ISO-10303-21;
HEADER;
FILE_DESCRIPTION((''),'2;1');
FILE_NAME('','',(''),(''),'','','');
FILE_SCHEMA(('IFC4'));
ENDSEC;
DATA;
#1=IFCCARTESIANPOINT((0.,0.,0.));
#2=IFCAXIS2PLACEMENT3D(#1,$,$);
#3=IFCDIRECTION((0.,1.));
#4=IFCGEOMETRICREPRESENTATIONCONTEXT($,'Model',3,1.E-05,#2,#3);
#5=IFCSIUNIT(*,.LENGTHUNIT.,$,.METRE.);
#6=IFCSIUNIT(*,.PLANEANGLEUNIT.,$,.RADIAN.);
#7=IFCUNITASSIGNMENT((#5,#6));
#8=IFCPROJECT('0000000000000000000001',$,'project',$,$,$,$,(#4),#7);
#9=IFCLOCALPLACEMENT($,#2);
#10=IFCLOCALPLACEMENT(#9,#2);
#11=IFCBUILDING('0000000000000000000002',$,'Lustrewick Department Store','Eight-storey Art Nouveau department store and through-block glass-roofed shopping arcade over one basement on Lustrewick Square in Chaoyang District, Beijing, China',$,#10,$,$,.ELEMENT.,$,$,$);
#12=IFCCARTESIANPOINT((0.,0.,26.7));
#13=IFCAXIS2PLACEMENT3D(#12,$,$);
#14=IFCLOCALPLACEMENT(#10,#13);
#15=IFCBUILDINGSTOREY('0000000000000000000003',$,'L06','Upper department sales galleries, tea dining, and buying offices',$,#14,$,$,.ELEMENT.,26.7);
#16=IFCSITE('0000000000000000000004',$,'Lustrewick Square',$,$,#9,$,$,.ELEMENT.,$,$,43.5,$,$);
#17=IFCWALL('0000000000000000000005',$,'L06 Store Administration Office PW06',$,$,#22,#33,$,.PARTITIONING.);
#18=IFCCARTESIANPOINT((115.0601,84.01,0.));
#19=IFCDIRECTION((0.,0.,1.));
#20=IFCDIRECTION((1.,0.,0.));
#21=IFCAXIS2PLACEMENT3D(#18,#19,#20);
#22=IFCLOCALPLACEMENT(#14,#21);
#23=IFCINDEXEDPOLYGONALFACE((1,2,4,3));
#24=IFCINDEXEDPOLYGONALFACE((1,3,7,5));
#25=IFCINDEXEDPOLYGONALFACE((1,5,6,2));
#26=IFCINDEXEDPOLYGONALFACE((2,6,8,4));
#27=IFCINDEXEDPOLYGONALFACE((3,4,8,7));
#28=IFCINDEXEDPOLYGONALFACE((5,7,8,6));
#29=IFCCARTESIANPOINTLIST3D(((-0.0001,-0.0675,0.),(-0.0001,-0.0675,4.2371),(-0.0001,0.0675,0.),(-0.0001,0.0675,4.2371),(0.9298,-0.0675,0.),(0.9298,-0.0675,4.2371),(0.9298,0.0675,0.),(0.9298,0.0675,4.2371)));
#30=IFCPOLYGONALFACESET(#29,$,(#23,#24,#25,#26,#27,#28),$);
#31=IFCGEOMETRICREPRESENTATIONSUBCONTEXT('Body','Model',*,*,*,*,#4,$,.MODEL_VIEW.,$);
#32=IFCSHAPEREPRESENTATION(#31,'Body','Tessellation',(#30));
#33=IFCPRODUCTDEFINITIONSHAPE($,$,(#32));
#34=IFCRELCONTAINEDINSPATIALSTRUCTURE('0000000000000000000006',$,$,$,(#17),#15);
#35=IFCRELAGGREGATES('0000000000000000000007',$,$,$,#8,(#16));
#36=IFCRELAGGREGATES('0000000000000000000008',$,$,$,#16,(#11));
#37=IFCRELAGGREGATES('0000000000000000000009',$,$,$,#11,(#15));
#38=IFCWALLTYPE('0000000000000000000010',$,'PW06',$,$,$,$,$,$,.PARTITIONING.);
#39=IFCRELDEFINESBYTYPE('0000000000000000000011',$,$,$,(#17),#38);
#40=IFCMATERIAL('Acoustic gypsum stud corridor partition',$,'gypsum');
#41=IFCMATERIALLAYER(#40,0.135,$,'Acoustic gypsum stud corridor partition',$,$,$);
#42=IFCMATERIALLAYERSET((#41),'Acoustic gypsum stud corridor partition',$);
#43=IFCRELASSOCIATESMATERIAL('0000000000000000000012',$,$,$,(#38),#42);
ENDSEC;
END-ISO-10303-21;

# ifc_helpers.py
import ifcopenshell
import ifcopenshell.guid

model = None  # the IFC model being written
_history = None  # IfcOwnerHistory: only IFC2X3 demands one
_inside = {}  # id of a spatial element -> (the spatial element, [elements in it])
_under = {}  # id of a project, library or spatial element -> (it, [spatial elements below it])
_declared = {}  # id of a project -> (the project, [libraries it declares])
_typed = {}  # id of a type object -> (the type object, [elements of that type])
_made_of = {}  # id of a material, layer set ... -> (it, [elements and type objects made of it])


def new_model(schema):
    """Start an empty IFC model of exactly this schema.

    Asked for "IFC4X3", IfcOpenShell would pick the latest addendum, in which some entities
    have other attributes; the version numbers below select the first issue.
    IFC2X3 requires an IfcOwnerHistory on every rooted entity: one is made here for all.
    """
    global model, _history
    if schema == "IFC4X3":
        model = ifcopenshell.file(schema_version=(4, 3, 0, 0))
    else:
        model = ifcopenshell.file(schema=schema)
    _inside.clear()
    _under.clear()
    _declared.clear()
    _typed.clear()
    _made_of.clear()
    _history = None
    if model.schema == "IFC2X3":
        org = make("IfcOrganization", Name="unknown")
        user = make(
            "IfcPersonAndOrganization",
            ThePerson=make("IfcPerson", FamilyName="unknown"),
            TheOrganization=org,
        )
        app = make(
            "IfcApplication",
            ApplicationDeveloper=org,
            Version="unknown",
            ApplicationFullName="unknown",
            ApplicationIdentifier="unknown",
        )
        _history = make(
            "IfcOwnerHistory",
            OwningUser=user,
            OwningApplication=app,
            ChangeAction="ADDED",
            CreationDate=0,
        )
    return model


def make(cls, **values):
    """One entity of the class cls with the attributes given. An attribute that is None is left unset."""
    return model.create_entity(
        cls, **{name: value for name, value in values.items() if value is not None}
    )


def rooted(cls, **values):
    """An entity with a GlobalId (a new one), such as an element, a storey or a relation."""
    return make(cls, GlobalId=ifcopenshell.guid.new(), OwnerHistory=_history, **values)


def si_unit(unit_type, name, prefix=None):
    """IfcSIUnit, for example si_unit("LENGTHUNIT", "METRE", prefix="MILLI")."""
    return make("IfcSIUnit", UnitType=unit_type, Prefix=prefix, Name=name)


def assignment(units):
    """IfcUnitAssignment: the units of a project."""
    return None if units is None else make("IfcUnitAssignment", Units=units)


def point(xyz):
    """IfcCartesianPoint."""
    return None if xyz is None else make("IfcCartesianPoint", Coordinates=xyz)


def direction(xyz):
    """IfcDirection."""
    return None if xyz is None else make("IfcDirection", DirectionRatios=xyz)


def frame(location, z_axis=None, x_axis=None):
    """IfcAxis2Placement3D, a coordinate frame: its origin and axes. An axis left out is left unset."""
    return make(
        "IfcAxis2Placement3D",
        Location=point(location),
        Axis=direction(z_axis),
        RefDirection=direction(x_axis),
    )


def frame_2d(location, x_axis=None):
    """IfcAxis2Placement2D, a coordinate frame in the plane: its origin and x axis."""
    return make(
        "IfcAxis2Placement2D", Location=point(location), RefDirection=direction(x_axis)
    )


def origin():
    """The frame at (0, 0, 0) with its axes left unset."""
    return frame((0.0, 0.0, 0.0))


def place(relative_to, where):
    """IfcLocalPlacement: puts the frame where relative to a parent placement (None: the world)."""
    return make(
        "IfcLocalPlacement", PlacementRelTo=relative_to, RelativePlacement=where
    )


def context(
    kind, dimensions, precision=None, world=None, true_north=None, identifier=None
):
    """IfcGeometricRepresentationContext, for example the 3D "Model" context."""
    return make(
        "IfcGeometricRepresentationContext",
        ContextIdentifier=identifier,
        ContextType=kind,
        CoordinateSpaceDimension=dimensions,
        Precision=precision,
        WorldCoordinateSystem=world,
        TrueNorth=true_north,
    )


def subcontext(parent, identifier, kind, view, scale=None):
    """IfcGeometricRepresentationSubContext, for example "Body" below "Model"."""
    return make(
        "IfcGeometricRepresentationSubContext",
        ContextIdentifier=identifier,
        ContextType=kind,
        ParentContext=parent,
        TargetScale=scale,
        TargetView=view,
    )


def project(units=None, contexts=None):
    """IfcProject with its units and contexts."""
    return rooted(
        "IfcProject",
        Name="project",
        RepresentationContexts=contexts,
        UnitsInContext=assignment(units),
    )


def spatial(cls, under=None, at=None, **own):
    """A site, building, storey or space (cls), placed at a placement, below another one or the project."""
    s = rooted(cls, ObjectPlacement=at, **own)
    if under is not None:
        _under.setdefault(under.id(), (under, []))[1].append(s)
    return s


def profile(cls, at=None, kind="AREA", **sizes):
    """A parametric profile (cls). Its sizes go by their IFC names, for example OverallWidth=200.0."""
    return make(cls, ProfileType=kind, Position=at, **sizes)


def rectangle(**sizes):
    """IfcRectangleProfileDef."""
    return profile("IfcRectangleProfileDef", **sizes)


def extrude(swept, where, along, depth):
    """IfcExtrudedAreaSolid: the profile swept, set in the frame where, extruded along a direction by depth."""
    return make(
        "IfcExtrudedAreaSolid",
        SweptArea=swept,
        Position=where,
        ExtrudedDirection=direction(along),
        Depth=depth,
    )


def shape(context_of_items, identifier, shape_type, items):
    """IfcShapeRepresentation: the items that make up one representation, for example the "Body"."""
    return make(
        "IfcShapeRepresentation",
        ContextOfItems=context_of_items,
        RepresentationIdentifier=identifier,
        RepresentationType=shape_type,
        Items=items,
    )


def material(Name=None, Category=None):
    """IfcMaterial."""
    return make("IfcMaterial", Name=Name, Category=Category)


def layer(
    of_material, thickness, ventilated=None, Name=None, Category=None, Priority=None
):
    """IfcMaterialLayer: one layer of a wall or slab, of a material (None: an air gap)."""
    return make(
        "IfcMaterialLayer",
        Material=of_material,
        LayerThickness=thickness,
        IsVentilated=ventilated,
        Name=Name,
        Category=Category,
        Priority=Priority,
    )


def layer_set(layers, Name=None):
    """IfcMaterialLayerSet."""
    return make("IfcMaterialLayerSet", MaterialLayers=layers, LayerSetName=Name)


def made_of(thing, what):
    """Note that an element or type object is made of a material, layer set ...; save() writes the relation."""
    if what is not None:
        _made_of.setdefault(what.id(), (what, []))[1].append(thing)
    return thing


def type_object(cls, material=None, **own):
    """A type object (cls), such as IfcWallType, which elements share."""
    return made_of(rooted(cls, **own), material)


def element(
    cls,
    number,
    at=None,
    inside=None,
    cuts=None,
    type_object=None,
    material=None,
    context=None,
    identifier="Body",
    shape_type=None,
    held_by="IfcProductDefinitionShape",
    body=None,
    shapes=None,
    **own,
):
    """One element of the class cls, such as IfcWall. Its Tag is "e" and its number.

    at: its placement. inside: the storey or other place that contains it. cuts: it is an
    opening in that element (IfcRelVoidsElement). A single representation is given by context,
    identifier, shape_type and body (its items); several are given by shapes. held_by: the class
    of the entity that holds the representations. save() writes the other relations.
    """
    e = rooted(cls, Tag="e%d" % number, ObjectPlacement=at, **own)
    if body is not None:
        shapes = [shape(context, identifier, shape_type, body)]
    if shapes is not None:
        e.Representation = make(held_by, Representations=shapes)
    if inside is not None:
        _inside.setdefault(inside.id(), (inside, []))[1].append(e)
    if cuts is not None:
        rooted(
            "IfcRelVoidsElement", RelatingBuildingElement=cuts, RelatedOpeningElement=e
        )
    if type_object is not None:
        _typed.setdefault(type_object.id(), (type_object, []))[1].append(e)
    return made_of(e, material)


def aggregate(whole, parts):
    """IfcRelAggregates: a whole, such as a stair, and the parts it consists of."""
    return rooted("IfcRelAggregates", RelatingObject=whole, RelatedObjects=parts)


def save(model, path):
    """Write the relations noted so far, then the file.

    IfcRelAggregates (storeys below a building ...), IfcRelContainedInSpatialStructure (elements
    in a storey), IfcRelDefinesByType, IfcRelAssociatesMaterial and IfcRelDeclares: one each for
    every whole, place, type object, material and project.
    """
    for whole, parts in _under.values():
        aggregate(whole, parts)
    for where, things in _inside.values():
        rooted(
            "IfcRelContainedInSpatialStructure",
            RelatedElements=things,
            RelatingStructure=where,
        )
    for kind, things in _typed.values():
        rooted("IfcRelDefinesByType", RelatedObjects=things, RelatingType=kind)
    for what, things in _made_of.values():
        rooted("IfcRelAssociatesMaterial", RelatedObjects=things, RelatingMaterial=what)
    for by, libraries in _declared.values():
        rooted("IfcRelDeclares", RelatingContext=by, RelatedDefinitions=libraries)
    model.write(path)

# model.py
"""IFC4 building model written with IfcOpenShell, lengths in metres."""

from ifc_helpers import new_model, si_unit, direction, frame, frame_2d, origin, place, context, subcontext, project, spatial, rectangle, extrude, material, layer, layer_set, type_object, element, save


model = new_model("IFC4")

# Units and contexts
model_context = context("Model", 3, precision=1e-05, world=origin(), true_north=direction((0.0, 1.0)))
body_context = subcontext(model_context, "Body", "Model", "MODEL_VIEW")
ifc_project = project(units=[si_unit("LENGTHUNIT", "METRE"), si_unit("PLANEANGLEUNIT", "RADIAN")], contexts=[model_context])

# Site, building, storey
site_placement = place(None, origin())
site = spatial("IfcSite", under=ifc_project, at=site_placement, Name="Lustrewick Square", CompositionType="ELEMENT", RefElevation=43.5)
building_placement = place(site_placement, origin())
building = spatial("IfcBuilding", under=site, at=building_placement, Name="Lustrewick Department Store", Description="Eight-storey Art Nouveau department store and through-block glass-roofed shopping arcade over one basement on Lustrewick Square in Chaoyang District, Beijing, China", CompositionType="ELEMENT")
storey_placement = place(building_placement, frame((0.0, 0.0, 26.7)))
storey = spatial("IfcBuildingStorey", under=building, at=storey_placement, Name="L06", Description="Upper department sales galleries, tea dining, and buying offices", CompositionType="ELEMENT", Elevation=26.7)

# Shared definitions
ifc_material_1 = material(Name="Acoustic gypsum stud corridor partition", Category="gypsum")
ifc_layer_1 = layer(ifc_material_1, 0.135, Name="Acoustic gypsum stud corridor partition")
ifc_layer_set_1 = layer_set([ifc_layer_1], Name="Acoustic gypsum stud corridor partition")
wall_type_1 = type_object("IfcWallType", Name="PW06", PredefinedType="PARTITIONING", material=ifc_layer_set_1)

# Wall
wall_1_placement = place(storey_placement, frame((115.0601, 84.01, 0.0), z_axis=(0.0, 0.0, 1.0), x_axis=(1.0, 0.0, 0.0)))
element("IfcWall", 1, at=wall_1_placement, inside=storey, type_object=wall_type_1, Name="L06 Store Administration Office PW06", PredefinedType="PARTITIONING", context=body_context, shape_type="SweptSolid", body=[
    extrude(rectangle(XDim=0.9299, YDim=0.135, at=frame_2d((0.4648, 0.0))), origin(), (0.0, 0.0, 1.0), 4.2371),
])

save(model, "model.ifc")
